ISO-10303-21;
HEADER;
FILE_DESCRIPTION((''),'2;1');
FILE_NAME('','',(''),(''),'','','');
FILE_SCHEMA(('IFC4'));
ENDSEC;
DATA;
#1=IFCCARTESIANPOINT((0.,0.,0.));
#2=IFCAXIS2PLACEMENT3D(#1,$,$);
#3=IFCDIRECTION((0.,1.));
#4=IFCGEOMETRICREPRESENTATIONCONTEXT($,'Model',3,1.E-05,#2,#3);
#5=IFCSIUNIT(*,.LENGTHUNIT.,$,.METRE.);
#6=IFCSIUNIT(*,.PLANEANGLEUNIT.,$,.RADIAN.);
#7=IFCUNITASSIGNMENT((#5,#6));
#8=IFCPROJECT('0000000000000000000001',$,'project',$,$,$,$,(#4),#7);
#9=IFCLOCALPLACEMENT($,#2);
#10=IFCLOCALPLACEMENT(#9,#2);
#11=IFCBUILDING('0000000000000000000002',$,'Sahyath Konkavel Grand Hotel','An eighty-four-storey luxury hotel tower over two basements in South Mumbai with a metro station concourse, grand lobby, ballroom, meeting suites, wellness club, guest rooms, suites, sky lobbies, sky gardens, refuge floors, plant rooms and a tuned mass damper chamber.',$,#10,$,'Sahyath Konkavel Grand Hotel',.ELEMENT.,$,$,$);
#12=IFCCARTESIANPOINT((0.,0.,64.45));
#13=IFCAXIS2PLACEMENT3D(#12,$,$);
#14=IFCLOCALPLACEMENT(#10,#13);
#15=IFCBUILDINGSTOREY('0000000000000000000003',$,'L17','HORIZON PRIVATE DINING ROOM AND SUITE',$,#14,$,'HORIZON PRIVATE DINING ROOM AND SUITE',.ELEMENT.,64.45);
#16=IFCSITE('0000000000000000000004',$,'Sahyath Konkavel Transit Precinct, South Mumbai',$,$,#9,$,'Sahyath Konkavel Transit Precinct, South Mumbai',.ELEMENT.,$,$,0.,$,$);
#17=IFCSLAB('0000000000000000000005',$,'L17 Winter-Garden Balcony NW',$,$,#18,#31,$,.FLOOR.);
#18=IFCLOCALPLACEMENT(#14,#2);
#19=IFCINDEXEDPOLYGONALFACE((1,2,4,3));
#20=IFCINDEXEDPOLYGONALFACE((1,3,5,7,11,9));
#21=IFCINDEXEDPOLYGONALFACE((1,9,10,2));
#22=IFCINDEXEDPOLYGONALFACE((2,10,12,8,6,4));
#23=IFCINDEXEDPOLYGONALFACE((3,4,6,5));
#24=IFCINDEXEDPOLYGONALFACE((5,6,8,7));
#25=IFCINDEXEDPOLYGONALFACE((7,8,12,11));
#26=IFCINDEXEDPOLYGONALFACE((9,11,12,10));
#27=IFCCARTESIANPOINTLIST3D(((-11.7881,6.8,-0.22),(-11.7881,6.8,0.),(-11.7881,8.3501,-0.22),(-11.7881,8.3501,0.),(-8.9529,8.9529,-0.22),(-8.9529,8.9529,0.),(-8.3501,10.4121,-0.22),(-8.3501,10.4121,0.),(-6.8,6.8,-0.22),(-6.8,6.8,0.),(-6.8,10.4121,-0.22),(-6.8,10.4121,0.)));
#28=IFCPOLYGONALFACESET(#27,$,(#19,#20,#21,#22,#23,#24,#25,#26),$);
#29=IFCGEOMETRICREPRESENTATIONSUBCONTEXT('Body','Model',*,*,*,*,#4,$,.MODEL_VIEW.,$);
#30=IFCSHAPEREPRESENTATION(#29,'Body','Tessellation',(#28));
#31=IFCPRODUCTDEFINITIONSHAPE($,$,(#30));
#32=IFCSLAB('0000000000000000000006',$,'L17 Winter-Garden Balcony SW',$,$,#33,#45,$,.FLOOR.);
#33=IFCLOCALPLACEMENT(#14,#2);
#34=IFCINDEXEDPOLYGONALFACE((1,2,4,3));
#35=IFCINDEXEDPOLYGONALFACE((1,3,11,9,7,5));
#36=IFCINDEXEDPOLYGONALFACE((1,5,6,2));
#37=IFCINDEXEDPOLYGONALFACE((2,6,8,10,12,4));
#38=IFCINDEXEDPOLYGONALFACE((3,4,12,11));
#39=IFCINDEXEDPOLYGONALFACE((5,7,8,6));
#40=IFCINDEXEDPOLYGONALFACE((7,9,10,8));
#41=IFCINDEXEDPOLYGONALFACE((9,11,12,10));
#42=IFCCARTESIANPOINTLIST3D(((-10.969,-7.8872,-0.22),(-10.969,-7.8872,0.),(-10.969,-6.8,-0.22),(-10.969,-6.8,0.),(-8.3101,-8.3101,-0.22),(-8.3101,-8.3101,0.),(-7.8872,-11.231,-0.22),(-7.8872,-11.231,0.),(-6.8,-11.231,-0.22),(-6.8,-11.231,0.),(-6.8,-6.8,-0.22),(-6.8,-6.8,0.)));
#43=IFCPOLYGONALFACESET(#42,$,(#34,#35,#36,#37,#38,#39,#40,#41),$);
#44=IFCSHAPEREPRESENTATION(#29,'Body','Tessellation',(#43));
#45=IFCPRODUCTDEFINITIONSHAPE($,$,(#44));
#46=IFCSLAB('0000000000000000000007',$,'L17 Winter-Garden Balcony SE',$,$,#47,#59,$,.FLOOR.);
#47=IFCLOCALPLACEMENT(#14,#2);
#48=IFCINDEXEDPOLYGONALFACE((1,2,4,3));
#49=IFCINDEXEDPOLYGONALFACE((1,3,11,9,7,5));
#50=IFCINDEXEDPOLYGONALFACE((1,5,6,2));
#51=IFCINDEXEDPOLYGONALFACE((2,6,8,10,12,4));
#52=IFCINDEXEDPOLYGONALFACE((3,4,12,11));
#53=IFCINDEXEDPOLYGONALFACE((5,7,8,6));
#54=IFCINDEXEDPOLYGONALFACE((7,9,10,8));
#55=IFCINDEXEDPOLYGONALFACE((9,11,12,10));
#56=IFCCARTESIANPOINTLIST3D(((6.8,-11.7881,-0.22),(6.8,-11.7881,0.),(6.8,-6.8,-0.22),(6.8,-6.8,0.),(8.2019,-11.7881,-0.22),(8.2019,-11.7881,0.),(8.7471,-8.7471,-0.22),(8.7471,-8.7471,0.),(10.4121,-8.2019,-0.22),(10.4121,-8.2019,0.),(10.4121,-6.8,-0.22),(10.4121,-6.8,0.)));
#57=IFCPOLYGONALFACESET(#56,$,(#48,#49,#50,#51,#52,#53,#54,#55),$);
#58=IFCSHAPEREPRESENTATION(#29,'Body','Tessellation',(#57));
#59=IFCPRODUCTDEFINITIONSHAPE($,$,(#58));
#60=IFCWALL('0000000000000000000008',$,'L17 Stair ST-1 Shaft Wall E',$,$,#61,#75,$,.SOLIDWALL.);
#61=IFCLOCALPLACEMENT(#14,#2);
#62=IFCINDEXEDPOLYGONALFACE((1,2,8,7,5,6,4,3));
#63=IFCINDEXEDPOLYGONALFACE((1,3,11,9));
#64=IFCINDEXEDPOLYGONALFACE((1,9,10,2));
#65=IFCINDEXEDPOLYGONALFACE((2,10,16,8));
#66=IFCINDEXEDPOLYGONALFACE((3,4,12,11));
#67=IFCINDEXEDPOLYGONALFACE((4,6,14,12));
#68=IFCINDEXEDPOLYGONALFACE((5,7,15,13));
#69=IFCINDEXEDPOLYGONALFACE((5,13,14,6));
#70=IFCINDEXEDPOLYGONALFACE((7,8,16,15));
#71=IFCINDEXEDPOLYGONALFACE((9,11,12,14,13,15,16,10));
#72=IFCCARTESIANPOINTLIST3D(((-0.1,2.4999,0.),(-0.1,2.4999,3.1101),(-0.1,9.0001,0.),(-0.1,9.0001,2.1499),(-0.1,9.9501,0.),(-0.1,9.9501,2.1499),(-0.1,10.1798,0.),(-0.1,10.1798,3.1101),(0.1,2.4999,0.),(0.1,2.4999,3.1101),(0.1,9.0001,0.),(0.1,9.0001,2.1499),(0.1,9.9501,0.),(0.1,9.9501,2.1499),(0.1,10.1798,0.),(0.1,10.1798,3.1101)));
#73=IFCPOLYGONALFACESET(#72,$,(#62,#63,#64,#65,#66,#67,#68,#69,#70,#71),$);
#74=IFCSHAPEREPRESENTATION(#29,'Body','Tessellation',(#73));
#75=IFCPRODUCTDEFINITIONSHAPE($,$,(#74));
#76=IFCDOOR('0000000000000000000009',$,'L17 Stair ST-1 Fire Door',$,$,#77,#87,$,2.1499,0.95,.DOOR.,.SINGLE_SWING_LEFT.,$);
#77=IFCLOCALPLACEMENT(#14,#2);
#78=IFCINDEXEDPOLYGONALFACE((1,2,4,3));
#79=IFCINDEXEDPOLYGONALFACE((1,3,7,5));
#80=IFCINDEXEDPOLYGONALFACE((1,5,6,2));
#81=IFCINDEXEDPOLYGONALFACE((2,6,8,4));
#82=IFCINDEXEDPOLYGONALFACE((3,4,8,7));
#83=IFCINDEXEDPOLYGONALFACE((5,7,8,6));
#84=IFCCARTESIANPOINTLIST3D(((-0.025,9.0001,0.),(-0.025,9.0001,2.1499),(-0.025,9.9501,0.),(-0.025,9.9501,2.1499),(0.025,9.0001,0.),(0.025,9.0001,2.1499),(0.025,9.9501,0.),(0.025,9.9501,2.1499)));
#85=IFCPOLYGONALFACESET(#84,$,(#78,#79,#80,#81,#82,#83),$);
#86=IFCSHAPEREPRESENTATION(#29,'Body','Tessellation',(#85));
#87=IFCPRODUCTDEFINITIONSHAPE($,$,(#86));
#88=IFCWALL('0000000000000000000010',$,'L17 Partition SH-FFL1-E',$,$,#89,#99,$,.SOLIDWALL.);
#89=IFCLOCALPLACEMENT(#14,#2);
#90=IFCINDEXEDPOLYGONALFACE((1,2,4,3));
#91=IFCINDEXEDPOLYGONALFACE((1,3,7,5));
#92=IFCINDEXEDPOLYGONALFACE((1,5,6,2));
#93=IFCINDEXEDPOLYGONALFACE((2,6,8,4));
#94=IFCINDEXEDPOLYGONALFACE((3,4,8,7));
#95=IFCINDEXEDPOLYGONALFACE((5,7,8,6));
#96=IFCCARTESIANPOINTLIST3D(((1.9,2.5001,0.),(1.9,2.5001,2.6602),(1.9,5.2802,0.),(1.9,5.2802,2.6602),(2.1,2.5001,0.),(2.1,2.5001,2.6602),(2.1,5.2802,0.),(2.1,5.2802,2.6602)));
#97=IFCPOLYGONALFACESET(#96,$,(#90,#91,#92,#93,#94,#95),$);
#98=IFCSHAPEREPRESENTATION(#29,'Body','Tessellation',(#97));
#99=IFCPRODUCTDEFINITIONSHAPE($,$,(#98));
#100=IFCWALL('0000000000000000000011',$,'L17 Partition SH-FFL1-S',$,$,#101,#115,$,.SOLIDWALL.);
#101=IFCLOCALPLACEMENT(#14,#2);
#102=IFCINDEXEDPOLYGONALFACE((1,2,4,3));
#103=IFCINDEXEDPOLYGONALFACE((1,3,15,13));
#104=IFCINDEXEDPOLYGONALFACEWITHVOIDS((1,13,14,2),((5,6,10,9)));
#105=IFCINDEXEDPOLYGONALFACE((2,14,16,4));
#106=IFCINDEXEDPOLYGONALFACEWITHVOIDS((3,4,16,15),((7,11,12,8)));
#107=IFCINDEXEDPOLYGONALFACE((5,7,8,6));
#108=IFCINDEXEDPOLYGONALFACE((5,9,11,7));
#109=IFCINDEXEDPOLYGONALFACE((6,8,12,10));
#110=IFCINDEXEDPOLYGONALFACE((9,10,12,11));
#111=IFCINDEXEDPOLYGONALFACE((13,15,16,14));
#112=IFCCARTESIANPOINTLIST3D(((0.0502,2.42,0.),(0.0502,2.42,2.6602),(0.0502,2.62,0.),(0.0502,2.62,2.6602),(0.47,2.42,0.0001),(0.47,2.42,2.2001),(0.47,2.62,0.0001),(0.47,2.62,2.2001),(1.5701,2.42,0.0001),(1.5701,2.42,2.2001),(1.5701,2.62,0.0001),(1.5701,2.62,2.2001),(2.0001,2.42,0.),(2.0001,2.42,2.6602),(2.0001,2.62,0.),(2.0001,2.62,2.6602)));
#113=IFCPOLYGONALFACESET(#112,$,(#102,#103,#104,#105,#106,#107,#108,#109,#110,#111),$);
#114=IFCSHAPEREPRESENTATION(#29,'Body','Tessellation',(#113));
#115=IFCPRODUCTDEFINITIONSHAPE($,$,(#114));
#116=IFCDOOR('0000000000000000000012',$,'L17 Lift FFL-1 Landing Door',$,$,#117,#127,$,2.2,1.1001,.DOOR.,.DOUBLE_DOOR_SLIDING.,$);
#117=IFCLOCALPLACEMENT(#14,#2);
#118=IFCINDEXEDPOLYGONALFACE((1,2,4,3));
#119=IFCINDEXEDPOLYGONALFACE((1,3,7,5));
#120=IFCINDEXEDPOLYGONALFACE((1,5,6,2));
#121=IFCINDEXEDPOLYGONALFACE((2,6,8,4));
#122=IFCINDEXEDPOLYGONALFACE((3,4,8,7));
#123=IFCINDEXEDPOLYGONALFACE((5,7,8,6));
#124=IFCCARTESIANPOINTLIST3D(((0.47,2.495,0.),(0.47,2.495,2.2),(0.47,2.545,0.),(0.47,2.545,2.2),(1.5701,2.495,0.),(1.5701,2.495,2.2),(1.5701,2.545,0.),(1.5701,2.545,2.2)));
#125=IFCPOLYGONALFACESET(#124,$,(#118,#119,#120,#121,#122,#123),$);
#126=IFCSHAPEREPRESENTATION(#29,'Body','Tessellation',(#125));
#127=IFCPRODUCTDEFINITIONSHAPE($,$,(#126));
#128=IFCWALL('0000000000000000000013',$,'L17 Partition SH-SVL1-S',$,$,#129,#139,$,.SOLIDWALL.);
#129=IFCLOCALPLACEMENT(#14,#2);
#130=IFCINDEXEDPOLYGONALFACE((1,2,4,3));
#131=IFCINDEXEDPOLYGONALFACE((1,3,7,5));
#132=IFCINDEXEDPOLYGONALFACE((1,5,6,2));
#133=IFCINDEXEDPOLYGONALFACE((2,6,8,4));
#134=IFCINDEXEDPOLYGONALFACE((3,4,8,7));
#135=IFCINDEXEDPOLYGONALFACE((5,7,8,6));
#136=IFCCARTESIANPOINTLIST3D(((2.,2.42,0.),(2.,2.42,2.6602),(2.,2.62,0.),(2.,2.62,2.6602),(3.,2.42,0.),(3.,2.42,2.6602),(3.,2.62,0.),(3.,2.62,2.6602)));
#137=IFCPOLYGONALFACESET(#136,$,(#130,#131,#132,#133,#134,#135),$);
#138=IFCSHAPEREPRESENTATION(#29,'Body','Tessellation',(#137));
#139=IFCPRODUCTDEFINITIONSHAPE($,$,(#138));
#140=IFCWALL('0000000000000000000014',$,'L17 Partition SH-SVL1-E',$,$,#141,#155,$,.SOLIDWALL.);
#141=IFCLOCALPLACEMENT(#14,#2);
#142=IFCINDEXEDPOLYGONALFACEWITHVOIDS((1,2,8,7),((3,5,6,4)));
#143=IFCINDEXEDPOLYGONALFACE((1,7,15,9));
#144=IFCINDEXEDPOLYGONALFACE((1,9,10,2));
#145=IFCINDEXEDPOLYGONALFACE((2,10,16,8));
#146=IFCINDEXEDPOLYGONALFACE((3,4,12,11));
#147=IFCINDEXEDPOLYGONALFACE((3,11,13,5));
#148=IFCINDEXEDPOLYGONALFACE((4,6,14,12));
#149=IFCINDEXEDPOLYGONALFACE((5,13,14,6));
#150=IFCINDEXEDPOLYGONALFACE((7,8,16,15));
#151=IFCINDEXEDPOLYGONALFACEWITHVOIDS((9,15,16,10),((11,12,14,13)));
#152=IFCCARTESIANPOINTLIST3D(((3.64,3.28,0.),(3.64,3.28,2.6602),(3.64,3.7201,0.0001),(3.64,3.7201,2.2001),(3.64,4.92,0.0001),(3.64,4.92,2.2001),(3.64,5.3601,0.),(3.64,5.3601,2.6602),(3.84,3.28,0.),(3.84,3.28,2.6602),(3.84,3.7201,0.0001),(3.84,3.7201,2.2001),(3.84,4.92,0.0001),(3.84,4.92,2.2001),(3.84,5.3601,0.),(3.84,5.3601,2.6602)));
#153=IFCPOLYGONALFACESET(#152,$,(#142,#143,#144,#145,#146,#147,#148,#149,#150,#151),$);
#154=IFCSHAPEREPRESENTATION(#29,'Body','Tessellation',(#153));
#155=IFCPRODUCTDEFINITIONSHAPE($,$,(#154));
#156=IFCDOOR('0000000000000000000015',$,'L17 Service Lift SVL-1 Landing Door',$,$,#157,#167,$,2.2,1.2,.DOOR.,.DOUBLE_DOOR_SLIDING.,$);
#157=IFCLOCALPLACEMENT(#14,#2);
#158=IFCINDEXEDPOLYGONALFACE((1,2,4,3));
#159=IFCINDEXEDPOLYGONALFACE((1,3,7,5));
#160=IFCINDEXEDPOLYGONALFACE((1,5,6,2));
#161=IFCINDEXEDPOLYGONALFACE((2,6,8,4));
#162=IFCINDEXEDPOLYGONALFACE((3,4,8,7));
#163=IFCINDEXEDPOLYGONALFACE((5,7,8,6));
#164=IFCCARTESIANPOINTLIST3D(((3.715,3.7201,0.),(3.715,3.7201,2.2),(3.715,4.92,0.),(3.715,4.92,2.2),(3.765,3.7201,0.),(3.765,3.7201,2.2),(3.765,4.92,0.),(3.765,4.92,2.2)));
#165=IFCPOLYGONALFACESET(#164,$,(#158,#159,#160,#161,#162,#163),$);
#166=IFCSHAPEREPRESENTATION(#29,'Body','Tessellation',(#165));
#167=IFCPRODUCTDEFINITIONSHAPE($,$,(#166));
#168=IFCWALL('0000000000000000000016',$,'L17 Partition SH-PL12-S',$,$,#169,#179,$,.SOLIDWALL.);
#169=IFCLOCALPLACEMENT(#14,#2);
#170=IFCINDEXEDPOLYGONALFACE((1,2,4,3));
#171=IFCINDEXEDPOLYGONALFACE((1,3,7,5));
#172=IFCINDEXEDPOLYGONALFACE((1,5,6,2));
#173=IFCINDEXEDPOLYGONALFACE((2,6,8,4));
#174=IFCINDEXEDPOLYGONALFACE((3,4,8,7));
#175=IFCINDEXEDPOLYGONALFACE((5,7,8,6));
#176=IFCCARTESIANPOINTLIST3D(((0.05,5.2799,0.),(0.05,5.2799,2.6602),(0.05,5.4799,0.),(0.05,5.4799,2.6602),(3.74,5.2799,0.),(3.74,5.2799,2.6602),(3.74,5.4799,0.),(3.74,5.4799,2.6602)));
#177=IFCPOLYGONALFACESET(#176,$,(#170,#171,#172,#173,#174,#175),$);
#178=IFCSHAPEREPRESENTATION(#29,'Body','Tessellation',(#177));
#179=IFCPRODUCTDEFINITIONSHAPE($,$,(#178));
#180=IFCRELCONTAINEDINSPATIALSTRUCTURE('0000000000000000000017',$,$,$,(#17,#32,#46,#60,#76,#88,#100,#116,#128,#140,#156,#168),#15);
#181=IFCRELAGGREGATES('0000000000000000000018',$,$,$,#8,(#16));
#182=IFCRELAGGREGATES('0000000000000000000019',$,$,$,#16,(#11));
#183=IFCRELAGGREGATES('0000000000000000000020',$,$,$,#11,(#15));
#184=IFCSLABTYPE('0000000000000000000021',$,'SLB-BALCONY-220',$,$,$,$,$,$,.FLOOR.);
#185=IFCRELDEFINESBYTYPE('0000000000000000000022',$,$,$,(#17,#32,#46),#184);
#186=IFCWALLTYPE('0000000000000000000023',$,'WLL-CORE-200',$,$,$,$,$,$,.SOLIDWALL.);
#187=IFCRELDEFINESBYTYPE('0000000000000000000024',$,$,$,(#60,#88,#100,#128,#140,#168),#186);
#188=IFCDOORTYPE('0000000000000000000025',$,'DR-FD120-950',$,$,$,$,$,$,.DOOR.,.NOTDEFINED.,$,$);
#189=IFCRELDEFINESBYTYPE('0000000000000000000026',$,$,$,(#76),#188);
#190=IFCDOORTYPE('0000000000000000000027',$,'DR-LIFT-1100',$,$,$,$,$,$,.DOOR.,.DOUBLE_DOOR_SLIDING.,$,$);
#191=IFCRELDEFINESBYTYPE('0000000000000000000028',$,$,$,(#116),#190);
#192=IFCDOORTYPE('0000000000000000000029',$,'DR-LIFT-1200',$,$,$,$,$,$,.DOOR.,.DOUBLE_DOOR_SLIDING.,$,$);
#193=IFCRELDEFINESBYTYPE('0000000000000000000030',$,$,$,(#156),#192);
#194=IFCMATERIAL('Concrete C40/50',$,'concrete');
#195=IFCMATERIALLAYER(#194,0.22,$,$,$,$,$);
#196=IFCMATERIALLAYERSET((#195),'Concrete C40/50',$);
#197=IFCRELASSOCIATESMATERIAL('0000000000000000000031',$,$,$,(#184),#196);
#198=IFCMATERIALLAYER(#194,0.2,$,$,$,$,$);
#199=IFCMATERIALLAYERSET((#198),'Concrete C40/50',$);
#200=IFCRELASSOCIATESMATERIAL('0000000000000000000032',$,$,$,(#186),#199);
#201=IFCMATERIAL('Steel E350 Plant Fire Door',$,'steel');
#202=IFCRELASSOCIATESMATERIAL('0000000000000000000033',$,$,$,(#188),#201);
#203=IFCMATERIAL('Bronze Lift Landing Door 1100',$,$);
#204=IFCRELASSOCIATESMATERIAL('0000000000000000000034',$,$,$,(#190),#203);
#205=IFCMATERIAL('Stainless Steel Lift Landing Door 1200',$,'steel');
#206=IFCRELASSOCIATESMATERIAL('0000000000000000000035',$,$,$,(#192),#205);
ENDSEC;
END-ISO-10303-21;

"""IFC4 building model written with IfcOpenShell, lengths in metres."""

from ifc_helpers import new_model, si_unit, direction, frame, frame_2d, origin, origin_2d, place, context, subcontext, project, spatial, polyline, rectangle, outline, extrude, source, transform, mapped, material, layer, layer_set, type_object, element, fill, save


model = new_model("IFC4")

# Units and contexts
model_context = context("Model", 3, precision=1e-05, world=origin(), true_north=direction((0.0, 1.0)))
body_context = subcontext(model_context, "Body", "Model", "MODEL_VIEW")
ifc_project = project(units=[si_unit("LENGTHUNIT", "METRE"), si_unit("PLANEANGLEUNIT", "RADIAN")], contexts=[model_context])

# Site, building, storey
site_placement = place(None, origin())
site = spatial("IfcSite", under=ifc_project, at=site_placement, Name="Sahyath Konkavel Transit Precinct, South Mumbai", LongName="Sahyath Konkavel Transit Precinct, South Mumbai", CompositionType="ELEMENT", RefElevation=0.0)
building_placement = place(site_placement, origin())
building = spatial("IfcBuilding", under=site, at=building_placement, Name="Sahyath Konkavel Grand Hotel", Description="An eighty-four-storey luxury hotel tower over two basements in South Mumbai with a metro station concourse, grand lobby, ballroom, meeting suites, wellness club, guest rooms, suites, sky lobbies, sky gardens, refuge floors, plant rooms and a tuned mass damper chamber.", LongName="Sahyath Konkavel Grand Hotel", CompositionType="ELEMENT")
storey_placement = place(building_placement, frame((0.0, 0.0, 64.45)))
storey = spatial("IfcBuildingStorey", under=building, at=storey_placement, Name="L17", Description="HORIZON PRIVATE DINING ROOM AND SUITE", LongName="HORIZON PRIVATE DINING ROOM AND SUITE", CompositionType="ELEMENT", Elevation=64.45)

# Slabs
ifc_material_1 = material(Name="Concrete C40/50", Category="concrete")
ifc_layer_1 = layer(ifc_material_1, 0.22)
ifc_layer_set_1 = layer_set([ifc_layer_1], Name="Concrete C40/50")
slab_type = type_object("IfcSlabType", Name="SLB-BALCONY-220", PredefinedType="FLOOR", material=ifc_layer_set_1)
slab_1_placement = place(storey_placement, frame((0.0, 0.0, -0.22)))
element("IfcSlab", 1, at=slab_1_placement, inside=storey, type_object=slab_type, Name="L17 Winter-Garden Balcony NW", PredefinedType="FLOOR", context=body_context, shape_type="SweptSolid", body=[
    extrude(outline(polyline([(-6.8, 6.8), (-6.8, 10.4121), (-8.3501, 10.4121), (-8.9529, 8.9529), (-11.7881, 8.3501), (-11.7881, 6.8), (-6.8, 6.8)])), origin(), (0.0, 0.0, 1.0), 0.22),
])
slab_2_placement = place(storey_placement, frame((0.0, 0.0, -0.22)))
element("IfcSlab", 2, at=slab_2_placement, inside=storey, type_object=slab_type, Name="L17 Winter-Garden Balcony SW", PredefinedType="FLOOR", context=body_context, shape_type="SweptSolid", body=[
    extrude(outline(polyline([(-6.8, -6.8), (-10.969, -6.8), (-10.969, -7.8872), (-8.3101, -8.3101), (-7.8872, -11.231), (-6.8, -11.231), (-6.8, -6.8)])), origin(), (0.0, 0.0, 1.0), 0.22),
])
slab_3_placement = place(storey_placement, frame((0.0, 0.0, -0.22)))
element("IfcSlab", 3, at=slab_3_placement, inside=storey, type_object=slab_type, Name="L17 Winter-Garden Balcony SE", PredefinedType="FLOOR", context=body_context, shape_type="SweptSolid", body=[
    extrude(outline(polyline([(6.8, -6.8), (6.8, -11.7881), (8.2019, -11.7881), (8.7471, -8.7471), (10.4121, -8.2019), (10.4121, -6.8), (6.8, -6.8)])), origin(), (0.0, 0.0, 1.0), 0.22),
])

# Wall, opening, door
ifc_layer_2 = layer(ifc_material_1, 0.2)
ifc_layer_set_2 = layer_set([ifc_layer_2], Name="Concrete C40/50")
wall_type_1 = type_object("IfcWallType", Name="WLL-CORE-200", PredefinedType="SOLIDWALL", material=ifc_layer_set_2)
wall_1_placement = place(storey_placement, frame((0.0, 2.5, 0.0), z_axis=(0.0, 0.0, 1.0), x_axis=(0.0, 1.0, 0.0)))
wall_1 = element("IfcWall", 4, at=wall_1_placement, inside=storey, type_object=wall_type_1, Name="L17 Stair ST-1 Shaft Wall E", PredefinedType="SOLIDWALL", context=body_context, shape_type="SweptSolid", body=[
    extrude(rectangle(XDim=7.6799, YDim=0.2, at=frame_2d((3.8398, 0.0))), origin(), (0.0, 0.0, 1.0), 3.1101),
])
opening_1_placement = place(wall_1_placement, frame((6.5, 0.0, 0.0)))
opening_1 = element("IfcOpeningElement", 5, at=opening_1_placement, cuts=wall_1, PredefinedType="OPENING", context=body_context, shape_type="SweptSolid", body=[
    extrude(rectangle(XDim=0.95, YDim=2.1499, at=frame_2d((0.4751, 1.075))), frame((0.0, 0.1099, 0.0), z_axis=(0.0, -1.0, 0.0), x_axis=(1.0, 0.0, 0.0)), (0.0, 0.0, 1.0), 0.22),
])
ifc_material_2 = material(Name="Steel E350 Plant Fire Door", Category="steel")
door_type_1 = type_object("IfcDoorType", Name="DR-FD120-950", OperationType="NOTDEFINED", PredefinedType="DOOR", material=ifc_material_2)
shared_shape_1 = source(origin(), body_context, "Body", "SweptSolid", [
    extrude(rectangle(XDim=0.95, YDim=0.05, at=origin_2d()), origin(), (0.0, 0.0, 1.0), 2.1499),
])
door_1_placement = place(opening_1_placement, frame((0.4751, 0.0, 0.0)))
door_1 = element("IfcDoor", 6, at=door_1_placement, inside=storey, type_object=door_type_1, Name="L17 Stair ST-1 Fire Door", OperationType="SINGLE_SWING_LEFT", OverallHeight=2.1499, OverallWidth=0.95, PredefinedType="DOOR", context=body_context, shape_type="MappedRepresentation", body=[
    mapped(shared_shape_1, transform((0.0, 0.0, 0.0), scale=1.0)),
])
fill(opening_1, door_1)

# Wall
wall_2_placement = place(storey_placement, frame((2.0, 2.5, 0.0), z_axis=(0.0, 0.0, 1.0), x_axis=(0.0, 1.0, 0.0)))
element("IfcWall", 7, at=wall_2_placement, inside=storey, type_object=wall_type_1, Name="L17 Partition SH-FFL1-E", PredefinedType="SOLIDWALL", context=body_context, shape_type="SweptSolid", body=[
    extrude(rectangle(XDim=2.78, YDim=0.2, at=frame_2d((1.3901, 0.0))), origin(), (0.0, 0.0, 1.0), 2.6602),
])

# Wall, opening, door
wall_3_placement = place(storey_placement, frame((0.05, 2.52, 0.0), z_axis=(0.0, 0.0, 1.0), x_axis=(1.0, 0.0, 0.0)))
wall_3 = element("IfcWall", 8, at=wall_3_placement, inside=storey, type_object=wall_type_1, Name="L17 Partition SH-FFL1-S", PredefinedType="SOLIDWALL", context=body_context, shape_type="SweptSolid", body=[
    extrude(rectangle(XDim=1.95, YDim=0.2, at=frame_2d((0.9751, 0.0))), origin(), (0.0, 0.0, 1.0), 2.6602),
])
opening_2_placement = place(wall_3_placement, frame((0.4199, 0.0, 0.0)))
opening_2 = element("IfcOpeningElement", 9, at=opening_2_placement, cuts=wall_3, PredefinedType="OPENING", context=body_context, shape_type="SweptSolid", body=[
    extrude(rectangle(XDim=1.1001, YDim=2.2, at=frame_2d((0.55, 1.1001))), frame((0.0, 0.1099, 0.0), z_axis=(0.0, -1.0, 0.0), x_axis=(1.0, 0.0, 0.0)), (0.0, 0.0, 1.0), 0.22),
])
ifc_material_3 = material(Name="Bronze Lift Landing Door 1100")
door_type_2 = type_object("IfcDoorType", Name="DR-LIFT-1100", OperationType="DOUBLE_DOOR_SLIDING", PredefinedType="DOOR", material=ifc_material_3)
shared_shape_2 = source(origin(), body_context, "Body", "SweptSolid", [
    extrude(rectangle(XDim=1.1001, YDim=0.05, at=origin_2d()), origin(), (0.0, 0.0, 1.0), 2.2),
])
door_2_placement = place(opening_2_placement, frame((0.55, 0.0, 0.0)))
door_2 = element("IfcDoor", 10, at=door_2_placement, inside=storey, type_object=door_type_2, Name="L17 Lift FFL-1 Landing Door", OperationType="DOUBLE_DOOR_SLIDING", OverallHeight=2.2, OverallWidth=1.1001, PredefinedType="DOOR", context=body_context, shape_type="MappedRepresentation", body=[
    mapped(shared_shape_2, transform((0.0, 0.0, 0.0), scale=1.0)),
])
fill(opening_2, door_2)

# Wall
wall_4_placement = place(storey_placement, frame((2.0, 2.52, 0.0), z_axis=(0.0, 0.0, 1.0), x_axis=(1.0, 0.0, 0.0)))
element("IfcWall", 11, at=wall_4_placement, inside=storey, type_object=wall_type_1, Name="L17 Partition SH-SVL1-S", PredefinedType="SOLIDWALL", context=body_context, shape_type="SweptSolid", body=[
    extrude(rectangle(XDim=1.0, YDim=0.2, at=frame_2d((0.5, 0.0))), origin(), (0.0, 0.0, 1.0), 2.6602),
])

# Wall, opening, door
wall_5_placement = place(storey_placement, frame((3.74, 3.28, 0.0), z_axis=(0.0, 0.0, 1.0), x_axis=(0.0, 1.0, 0.0)))
wall_5 = element("IfcWall", 12, at=wall_5_placement, inside=storey, type_object=wall_type_1, Name="L17 Partition SH-SVL1-E", PredefinedType="SOLIDWALL", context=body_context, shape_type="SweptSolid", body=[
    extrude(rectangle(XDim=2.0801, YDim=0.2, at=frame_2d((1.04, 0.0))), origin(), (0.0, 0.0, 1.0), 2.6602),
])
opening_3_placement = place(wall_5_placement, frame((0.4399, 0.0, 0.0)))
opening_3 = element("IfcOpeningElement", 13, at=opening_3_placement, cuts=wall_5, PredefinedType="OPENING", context=body_context, shape_type="SweptSolid", body=[
    extrude(rectangle(XDim=1.2, YDim=2.2, at=frame_2d((0.6001, 1.1001))), frame((0.0, 0.1099, 0.0), z_axis=(0.0, -1.0, 0.0), x_axis=(1.0, 0.0, 0.0)), (0.0, 0.0, 1.0), 0.22),
])
ifc_material_4 = material(Name="Stainless Steel Lift Landing Door 1200", Category="steel")
door_type_3 = type_object("IfcDoorType", Name="DR-LIFT-1200", OperationType="DOUBLE_DOOR_SLIDING", PredefinedType="DOOR", material=ifc_material_4)
shared_shape_3 = source(origin(), body_context, "Body", "SweptSolid", [
    extrude(rectangle(XDim=1.2, YDim=0.05, at=origin_2d()), origin(), (0.0, 0.0, 1.0), 2.2),
])
door_3_placement = place(opening_3_placement, frame((0.6001, 0.0, 0.0)))
door_3 = element("IfcDoor", 14, at=door_3_placement, inside=storey, type_object=door_type_3, Name="L17 Service Lift SVL-1 Landing Door", OperationType="DOUBLE_DOOR_SLIDING", OverallHeight=2.2, OverallWidth=1.2, PredefinedType="DOOR", context=body_context, shape_type="MappedRepresentation", body=[
    mapped(shared_shape_3, transform((0.0, 0.0, 0.0), scale=1.0)),
])
fill(opening_3, door_3)

# Wall
wall_6_placement = place(storey_placement, frame((0.05, 5.3799, 0.0), z_axis=(0.0, 0.0, 1.0), x_axis=(1.0, 0.0, 0.0)))
element("IfcWall", 15, at=wall_6_placement, inside=storey, type_object=wall_type_1, Name="L17 Partition SH-PL12-S", PredefinedType="SOLIDWALL", context=body_context, shape_type="SweptSolid", body=[
    extrude(rectangle(XDim=3.6899, YDim=0.2, at=frame_2d((1.845, 0.0))), origin(), (0.0, 0.0, 1.0), 2.6602),
])

save(model, "model.ifc")
